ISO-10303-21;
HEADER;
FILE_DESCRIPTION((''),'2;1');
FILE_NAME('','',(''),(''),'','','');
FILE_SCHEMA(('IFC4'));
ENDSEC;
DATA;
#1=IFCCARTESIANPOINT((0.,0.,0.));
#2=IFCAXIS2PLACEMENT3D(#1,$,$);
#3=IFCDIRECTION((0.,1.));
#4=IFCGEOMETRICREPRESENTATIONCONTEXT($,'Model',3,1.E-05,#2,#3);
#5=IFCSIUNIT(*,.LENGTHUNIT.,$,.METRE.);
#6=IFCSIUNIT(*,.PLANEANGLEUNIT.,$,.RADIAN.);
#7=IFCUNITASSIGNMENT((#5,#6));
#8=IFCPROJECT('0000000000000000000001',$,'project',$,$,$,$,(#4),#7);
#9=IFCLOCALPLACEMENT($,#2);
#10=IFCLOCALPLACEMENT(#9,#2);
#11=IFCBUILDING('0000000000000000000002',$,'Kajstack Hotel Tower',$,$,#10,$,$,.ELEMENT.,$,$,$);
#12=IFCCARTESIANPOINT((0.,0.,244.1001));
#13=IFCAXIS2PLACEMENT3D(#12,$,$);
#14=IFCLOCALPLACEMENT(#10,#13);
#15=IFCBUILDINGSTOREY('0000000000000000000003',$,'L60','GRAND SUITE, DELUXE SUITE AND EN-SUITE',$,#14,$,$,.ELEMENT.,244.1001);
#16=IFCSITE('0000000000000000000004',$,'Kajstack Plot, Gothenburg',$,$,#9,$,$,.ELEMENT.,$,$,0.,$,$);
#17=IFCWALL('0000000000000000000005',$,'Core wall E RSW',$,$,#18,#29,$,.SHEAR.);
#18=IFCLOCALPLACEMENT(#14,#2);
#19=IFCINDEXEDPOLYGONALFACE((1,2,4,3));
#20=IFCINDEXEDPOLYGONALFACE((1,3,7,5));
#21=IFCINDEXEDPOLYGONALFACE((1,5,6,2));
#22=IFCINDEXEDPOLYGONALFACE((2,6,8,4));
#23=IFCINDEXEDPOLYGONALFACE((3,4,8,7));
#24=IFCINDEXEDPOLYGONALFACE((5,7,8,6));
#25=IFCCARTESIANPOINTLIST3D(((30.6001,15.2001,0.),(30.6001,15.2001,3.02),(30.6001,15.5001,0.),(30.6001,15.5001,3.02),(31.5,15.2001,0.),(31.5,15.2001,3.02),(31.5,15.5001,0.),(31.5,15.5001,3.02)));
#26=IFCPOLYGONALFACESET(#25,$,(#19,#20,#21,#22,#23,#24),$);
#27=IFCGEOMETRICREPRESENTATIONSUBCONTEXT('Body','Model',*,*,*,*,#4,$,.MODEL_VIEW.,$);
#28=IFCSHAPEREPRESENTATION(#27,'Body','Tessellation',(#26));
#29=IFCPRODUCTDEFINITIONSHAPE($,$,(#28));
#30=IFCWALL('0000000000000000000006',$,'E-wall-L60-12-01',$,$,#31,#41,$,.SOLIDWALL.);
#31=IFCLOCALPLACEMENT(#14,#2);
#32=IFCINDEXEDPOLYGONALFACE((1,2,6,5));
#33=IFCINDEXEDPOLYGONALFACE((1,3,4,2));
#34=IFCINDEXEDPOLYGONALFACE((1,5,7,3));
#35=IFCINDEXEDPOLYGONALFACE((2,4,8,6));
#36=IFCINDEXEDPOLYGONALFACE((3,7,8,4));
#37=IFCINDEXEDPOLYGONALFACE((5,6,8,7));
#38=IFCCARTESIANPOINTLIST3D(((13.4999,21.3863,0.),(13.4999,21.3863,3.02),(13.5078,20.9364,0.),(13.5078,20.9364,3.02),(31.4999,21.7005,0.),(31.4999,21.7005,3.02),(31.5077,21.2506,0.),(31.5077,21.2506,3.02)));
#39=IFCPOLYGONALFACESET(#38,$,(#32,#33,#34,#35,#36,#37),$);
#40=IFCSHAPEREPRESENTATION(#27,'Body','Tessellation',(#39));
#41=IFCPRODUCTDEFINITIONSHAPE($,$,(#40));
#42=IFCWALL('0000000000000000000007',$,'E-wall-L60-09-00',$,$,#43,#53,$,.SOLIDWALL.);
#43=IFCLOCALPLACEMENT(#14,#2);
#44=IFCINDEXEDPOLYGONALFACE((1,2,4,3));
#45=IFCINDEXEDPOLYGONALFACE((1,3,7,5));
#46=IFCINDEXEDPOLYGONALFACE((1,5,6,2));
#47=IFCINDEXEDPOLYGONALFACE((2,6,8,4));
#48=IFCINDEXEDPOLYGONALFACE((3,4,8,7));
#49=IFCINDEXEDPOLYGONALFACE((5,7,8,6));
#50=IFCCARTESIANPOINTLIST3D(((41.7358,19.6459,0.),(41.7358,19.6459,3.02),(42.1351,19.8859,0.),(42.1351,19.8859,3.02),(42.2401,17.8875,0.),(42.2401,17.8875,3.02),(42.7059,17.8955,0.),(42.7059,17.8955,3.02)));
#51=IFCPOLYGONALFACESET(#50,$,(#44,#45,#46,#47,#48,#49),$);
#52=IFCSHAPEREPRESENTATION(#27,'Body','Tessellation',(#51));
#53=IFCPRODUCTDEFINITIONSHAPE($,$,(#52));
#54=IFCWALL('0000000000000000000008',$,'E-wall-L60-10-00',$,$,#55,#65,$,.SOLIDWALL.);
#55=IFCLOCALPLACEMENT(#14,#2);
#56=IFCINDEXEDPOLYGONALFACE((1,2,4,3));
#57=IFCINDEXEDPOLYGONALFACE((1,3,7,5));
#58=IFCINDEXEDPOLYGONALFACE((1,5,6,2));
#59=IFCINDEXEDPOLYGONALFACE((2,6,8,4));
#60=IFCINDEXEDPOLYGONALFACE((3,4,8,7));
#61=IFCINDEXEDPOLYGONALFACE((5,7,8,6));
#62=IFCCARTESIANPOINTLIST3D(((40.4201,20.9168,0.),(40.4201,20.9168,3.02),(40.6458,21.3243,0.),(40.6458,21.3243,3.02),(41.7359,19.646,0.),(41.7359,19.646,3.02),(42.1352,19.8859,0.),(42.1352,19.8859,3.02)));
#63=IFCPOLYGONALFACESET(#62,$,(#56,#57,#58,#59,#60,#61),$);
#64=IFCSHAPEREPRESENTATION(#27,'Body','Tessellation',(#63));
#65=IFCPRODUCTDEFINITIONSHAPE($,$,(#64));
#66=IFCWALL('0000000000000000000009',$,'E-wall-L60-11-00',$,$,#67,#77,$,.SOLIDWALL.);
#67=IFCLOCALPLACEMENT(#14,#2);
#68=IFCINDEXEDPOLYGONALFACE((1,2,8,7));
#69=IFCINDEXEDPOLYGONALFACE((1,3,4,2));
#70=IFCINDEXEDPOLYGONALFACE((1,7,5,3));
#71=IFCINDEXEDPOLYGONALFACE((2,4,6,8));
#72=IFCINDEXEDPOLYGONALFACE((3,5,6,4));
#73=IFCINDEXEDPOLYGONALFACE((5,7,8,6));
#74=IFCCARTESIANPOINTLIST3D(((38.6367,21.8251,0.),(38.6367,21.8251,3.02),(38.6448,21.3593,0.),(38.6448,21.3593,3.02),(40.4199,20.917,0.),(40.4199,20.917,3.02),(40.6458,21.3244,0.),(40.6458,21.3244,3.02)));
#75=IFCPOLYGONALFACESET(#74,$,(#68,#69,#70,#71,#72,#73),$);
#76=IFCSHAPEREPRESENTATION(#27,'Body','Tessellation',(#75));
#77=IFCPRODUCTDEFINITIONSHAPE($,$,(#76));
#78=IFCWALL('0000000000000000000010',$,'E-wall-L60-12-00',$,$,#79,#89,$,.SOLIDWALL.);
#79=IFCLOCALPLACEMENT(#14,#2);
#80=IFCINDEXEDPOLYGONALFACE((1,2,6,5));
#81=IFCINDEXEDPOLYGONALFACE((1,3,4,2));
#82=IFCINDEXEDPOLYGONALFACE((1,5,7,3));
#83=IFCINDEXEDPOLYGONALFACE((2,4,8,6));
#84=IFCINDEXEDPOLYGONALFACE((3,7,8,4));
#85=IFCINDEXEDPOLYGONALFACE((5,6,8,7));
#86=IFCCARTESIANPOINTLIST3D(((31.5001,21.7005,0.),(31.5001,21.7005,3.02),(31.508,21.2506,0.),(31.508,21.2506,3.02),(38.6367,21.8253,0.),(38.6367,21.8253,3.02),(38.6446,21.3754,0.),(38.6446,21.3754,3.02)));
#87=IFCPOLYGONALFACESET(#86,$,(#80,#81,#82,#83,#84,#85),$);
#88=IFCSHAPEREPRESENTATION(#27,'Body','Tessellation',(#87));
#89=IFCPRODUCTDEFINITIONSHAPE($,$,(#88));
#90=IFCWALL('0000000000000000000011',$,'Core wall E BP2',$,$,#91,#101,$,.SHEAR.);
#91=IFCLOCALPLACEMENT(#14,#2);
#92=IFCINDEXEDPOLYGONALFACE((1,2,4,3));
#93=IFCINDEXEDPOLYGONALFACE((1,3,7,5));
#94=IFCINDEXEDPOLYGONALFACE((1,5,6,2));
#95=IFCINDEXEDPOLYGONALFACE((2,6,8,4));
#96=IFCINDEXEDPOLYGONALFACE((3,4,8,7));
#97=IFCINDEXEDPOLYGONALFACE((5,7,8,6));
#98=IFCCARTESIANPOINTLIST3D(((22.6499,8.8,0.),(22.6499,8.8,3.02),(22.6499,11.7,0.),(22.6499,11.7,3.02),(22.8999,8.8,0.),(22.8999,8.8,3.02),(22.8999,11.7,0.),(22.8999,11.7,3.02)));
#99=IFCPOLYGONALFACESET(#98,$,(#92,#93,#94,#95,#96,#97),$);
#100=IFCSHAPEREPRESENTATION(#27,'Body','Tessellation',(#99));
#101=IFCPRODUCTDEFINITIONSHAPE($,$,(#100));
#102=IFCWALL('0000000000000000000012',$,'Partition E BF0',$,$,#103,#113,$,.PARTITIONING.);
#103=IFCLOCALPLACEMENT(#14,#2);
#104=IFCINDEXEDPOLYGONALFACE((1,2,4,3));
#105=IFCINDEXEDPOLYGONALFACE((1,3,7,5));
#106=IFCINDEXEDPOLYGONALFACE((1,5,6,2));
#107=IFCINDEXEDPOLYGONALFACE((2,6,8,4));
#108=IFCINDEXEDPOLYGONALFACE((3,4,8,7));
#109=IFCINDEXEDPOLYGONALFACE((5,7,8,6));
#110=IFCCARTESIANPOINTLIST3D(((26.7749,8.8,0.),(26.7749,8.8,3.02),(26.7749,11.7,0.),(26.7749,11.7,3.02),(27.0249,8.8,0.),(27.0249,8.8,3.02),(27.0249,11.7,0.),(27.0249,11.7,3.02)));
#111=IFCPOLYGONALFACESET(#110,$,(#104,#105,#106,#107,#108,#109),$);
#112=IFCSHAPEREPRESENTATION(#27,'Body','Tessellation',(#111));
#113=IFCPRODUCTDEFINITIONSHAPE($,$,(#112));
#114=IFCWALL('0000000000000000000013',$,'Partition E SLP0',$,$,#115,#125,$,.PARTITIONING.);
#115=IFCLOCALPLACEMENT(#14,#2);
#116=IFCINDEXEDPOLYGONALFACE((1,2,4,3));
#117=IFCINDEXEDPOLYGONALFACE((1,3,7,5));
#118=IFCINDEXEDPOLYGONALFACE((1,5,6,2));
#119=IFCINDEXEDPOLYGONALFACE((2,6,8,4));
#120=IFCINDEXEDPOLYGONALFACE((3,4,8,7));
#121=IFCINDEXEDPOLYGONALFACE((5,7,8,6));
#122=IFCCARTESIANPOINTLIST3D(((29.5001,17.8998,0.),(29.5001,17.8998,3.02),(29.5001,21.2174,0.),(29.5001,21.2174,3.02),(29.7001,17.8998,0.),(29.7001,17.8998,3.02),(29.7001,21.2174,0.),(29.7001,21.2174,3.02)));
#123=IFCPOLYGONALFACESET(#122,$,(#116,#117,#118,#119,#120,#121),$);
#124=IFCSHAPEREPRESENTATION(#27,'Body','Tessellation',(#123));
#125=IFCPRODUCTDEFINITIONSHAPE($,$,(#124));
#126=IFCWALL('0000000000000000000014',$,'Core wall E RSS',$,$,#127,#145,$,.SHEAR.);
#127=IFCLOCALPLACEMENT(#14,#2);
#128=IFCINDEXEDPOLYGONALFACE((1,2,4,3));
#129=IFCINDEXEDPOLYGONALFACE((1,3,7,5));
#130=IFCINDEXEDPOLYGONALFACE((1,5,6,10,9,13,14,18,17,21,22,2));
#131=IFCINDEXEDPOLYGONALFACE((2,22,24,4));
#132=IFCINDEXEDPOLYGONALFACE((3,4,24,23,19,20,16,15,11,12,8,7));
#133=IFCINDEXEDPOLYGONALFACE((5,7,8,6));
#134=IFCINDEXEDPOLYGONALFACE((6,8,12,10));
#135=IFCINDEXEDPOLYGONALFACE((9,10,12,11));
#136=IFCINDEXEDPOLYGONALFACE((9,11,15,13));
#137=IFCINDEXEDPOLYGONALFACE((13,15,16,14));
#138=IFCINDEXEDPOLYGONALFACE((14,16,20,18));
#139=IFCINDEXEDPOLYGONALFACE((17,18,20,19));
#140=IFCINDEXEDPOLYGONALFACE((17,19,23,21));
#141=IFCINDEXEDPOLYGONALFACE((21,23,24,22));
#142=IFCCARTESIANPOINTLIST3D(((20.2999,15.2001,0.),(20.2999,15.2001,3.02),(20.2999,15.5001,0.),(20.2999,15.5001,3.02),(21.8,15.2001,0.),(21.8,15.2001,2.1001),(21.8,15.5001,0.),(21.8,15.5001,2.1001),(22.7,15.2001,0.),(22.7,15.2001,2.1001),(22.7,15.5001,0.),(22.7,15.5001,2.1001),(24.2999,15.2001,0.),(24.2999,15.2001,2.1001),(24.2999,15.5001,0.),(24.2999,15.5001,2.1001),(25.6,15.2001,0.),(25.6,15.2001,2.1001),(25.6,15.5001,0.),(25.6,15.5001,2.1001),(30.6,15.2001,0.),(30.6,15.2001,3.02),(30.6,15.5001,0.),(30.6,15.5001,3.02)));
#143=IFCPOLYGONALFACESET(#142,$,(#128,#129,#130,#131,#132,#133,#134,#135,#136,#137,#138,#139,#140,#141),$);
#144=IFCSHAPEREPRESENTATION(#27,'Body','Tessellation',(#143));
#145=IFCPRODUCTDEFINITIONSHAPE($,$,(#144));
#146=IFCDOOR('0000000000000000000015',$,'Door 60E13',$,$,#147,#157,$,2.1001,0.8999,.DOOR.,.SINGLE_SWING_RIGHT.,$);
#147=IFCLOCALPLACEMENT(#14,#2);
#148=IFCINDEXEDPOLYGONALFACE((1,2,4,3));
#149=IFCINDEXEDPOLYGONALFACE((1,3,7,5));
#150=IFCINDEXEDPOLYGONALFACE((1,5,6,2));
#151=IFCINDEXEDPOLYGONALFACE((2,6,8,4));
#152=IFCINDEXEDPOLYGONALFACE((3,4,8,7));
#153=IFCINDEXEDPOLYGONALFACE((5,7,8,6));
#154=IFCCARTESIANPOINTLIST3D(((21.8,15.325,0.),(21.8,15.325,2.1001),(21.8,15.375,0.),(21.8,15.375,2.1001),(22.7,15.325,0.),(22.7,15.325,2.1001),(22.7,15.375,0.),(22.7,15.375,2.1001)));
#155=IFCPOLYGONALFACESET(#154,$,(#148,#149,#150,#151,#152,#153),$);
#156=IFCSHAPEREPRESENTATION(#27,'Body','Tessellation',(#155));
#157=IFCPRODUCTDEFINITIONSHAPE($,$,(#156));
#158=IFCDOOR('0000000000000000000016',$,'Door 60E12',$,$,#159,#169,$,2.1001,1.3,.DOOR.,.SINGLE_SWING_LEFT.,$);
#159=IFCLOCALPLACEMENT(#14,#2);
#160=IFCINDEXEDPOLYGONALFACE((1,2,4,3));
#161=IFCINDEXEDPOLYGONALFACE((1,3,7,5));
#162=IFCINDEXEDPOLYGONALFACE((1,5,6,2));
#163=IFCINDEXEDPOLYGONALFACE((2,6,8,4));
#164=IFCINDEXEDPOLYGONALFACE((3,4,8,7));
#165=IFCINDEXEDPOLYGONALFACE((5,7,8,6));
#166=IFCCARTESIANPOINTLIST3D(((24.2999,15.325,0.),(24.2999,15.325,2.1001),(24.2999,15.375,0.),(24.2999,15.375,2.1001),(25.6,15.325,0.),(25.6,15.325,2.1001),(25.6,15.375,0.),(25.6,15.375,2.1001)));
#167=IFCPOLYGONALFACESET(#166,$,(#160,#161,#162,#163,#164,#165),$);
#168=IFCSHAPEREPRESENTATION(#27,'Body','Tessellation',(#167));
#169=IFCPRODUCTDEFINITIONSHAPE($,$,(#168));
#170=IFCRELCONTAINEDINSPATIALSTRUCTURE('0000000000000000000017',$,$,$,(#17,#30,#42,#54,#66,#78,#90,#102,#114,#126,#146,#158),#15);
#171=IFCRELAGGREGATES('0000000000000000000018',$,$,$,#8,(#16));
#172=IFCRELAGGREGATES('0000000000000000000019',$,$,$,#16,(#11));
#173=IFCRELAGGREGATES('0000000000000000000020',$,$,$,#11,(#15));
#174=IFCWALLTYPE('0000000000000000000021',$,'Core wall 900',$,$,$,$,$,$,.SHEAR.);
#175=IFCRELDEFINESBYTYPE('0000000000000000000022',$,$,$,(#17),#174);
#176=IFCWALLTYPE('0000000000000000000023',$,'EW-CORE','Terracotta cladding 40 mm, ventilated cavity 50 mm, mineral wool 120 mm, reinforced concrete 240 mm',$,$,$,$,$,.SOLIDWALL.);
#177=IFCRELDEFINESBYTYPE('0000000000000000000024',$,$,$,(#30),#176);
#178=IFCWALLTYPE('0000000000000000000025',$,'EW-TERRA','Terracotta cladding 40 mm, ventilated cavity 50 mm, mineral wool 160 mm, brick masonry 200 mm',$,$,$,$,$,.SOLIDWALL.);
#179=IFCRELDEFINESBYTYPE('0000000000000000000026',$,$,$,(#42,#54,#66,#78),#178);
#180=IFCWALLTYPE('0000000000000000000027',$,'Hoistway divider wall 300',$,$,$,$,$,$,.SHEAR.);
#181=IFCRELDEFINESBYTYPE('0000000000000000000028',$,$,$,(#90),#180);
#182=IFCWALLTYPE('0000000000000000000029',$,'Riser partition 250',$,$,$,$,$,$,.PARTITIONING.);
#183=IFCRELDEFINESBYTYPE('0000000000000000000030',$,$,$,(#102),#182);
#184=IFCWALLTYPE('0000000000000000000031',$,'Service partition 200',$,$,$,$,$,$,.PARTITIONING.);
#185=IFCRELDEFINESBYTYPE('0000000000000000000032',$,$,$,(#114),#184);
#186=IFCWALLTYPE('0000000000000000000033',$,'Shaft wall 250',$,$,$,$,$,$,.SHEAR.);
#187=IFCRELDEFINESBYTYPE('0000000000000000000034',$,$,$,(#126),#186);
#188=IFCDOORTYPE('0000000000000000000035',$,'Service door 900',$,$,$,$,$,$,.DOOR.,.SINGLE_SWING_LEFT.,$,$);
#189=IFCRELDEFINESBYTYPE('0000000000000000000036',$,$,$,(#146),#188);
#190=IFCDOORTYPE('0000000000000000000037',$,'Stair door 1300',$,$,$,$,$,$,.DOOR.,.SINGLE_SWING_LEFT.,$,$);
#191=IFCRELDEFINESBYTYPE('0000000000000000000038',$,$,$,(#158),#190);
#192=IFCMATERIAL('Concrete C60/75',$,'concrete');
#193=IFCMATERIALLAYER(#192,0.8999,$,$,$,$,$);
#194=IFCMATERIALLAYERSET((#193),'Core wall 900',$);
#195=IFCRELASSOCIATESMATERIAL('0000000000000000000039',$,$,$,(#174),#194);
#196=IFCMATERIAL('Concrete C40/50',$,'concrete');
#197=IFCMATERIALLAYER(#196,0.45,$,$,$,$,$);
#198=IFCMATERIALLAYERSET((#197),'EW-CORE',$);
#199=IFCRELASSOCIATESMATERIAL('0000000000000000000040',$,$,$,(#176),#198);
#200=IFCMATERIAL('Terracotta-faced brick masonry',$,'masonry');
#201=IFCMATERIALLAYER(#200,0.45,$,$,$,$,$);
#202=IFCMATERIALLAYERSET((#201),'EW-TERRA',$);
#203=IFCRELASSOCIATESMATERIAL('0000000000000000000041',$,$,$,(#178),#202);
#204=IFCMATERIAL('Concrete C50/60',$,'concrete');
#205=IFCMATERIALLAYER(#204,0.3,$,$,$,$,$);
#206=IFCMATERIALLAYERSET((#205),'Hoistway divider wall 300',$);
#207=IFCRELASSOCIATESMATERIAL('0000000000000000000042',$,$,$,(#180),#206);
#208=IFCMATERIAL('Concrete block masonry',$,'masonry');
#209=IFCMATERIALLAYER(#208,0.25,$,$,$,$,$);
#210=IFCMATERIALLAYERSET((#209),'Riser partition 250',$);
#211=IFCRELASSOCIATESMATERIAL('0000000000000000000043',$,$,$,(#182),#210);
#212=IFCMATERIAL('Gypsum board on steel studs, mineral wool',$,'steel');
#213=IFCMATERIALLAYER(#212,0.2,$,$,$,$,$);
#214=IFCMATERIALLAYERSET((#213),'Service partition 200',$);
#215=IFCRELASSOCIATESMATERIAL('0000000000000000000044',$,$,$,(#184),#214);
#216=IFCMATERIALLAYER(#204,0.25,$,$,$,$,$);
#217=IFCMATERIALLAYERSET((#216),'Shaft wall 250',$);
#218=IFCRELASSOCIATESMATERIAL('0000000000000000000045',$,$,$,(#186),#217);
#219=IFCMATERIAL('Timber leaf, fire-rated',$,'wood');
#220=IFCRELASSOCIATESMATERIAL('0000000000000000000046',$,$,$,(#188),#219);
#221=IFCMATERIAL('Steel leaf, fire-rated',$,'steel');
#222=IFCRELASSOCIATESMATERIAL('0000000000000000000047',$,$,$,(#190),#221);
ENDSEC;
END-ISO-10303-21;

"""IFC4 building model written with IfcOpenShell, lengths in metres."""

from ifc_helpers import new_model, si_unit, direction, frame, frame_2d, origin, place, context, subcontext, project, spatial, polyline, rectangle, outline, extrude, material, layer, layer_set, type_object, element, fill, save


model = new_model("IFC4")

# Units and contexts
model_context = context("Model", 3, precision=1e-05, world=origin(), true_north=direction((0.0, 1.0)))
body_context = subcontext(model_context, "Body", "Model", "MODEL_VIEW")
ifc_project = project(units=[si_unit("LENGTHUNIT", "METRE"), si_unit("PLANEANGLEUNIT", "RADIAN")], contexts=[model_context])

# Site, building, storey
site_placement = place(None, origin())
site = spatial("IfcSite", under=ifc_project, at=site_placement, Name="Kajstack Plot, Gothenburg", CompositionType="ELEMENT", RefElevation=0.0)
building_placement = place(site_placement, origin())
building = spatial("IfcBuilding", under=site, at=building_placement, Name="Kajstack Hotel Tower", CompositionType="ELEMENT")
storey_placement = place(building_placement, frame((0.0, 0.0, 244.1001)))
storey = spatial("IfcBuildingStorey", under=building, at=storey_placement, Name="L60", Description="GRAND SUITE, DELUXE SUITE AND EN-SUITE", CompositionType="ELEMENT", Elevation=244.1001)

# Walls
ifc_material_1 = material(Name="Concrete C60/75", Category="concrete")
ifc_layer_1 = layer(ifc_material_1, 0.8999)
ifc_layer_set_1 = layer_set([ifc_layer_1], Name="Core wall 900")
wall_type_1 = type_object("IfcWallType", Name="Core wall 900", PredefinedType="SHEAR", material=ifc_layer_set_1)
wall_1_placement = place(storey_placement, frame((30.6001, 15.3501, 0.0), z_axis=(0.0, 0.0, 1.0), x_axis=(1.0, 0.0, 0.0)))
element("IfcWall", 1, at=wall_1_placement, inside=storey, type_object=wall_type_1, Name="Core wall E RSW", PredefinedType="SHEAR", context=body_context, shape_type="SweptSolid", body=[
    extrude(rectangle(XDim=0.8999, YDim=0.3, at=frame_2d((0.45, 0.0))), origin(), (0.0, 0.0, 1.0), 3.02),
])
ifc_material_2 = material(Name="Concrete C40/50", Category="concrete")
ifc_layer_2 = layer(ifc_material_2, 0.45)
ifc_layer_set_2 = layer_set([ifc_layer_2], Name="EW-CORE")
wall_type_2 = type_object("IfcWallType", Name="EW-CORE", Description="Terracotta cladding 40 mm, ventilated cavity 50 mm, mineral wool 120 mm, reinforced concrete 240 mm", PredefinedType="SOLIDWALL", material=ifc_layer_set_2)
wall_2_placement = place(storey_placement, frame((31.5039, 21.4756, 0.0), z_axis=(0.0, 0.0, 1.0), x_axis=(-0.999848, -0.017453, 0.0)))
element("IfcWall", 2, at=wall_2_placement, inside=storey, type_object=wall_type_2, Name="E-wall-L60-12-01", PredefinedType="SOLIDWALL", context=body_context, shape_type="SweptSolid", body=[
    extrude(rectangle(XDim=18.0027, YDim=0.45, at=frame_2d((9.0015, 0.0))), origin(), (0.0, 0.0, 1.0), 3.02),
])
ifc_material_3 = material(Name="Terracotta-faced brick masonry", Category="masonry")
ifc_layer_3 = layer(ifc_material_3, 0.45)
ifc_layer_set_3 = layer_set([ifc_layer_3], Name="EW-TERRA")
wall_type_3 = type_object("IfcWallType", Name="EW-TERRA", Description="Terracotta cladding 40 mm, ventilated cavity 50 mm, mineral wool 160 mm, brick masonry 200 mm", PredefinedType="SOLIDWALL", material=ifc_layer_set_3)
wall_3_placement = place(storey_placement, frame((42.4895, 17.8335, 0.0), z_axis=(0.0, 0.0, 1.0), x_axis=(-0.275546, 0.961288, 0.0)))
element("IfcWall", 3, at=wall_3_placement, inside=storey, type_object=wall_type_3, Name="E-wall-L60-09-00", PredefinedType="SOLIDWALL", context=body_context, shape_type="SweptSolid", body=[
    extrude(outline(polyline([(0.0, -0.2251), (2.0706, -0.2249), (1.95, 0.2251), (0.1206, 0.2249), (0.0, -0.2251)])), origin(), (0.0, 0.0, 1.0), 3.02),
])
wall_4_placement = place(storey_placement, frame((41.979, 19.7241, 0.0), z_axis=(0.0, 0.0, 1.0), x_axis=(-0.719379, 0.694618, 0.0)))
element("IfcWall", 4, at=wall_4_placement, inside=storey, type_object=wall_type_3, Name="E-wall-L60-10-00", PredefinedType="SOLIDWALL", context=body_context, shape_type="SweptSolid", body=[
    extrude(outline(polyline([(0.0, -0.2249), (2.0706, -0.2251), (1.95, 0.2249), (0.1206, 0.2251), (0.0, -0.2249)])), origin(), (0.0, 0.0, 1.0), 3.02),
])
wall_5_placement = place(storey_placement, frame((40.5913, 21.106, 0.0), z_axis=(0.0, 0.0, 1.0), x_axis=(-0.970288, 0.241953, 0.0)))
element("IfcWall", 5, at=wall_5_placement, inside=storey, type_object=wall_type_3, Name="E-wall-L60-11-00", PredefinedType="SOLIDWALL", context=body_context, shape_type="SweptSolid", body=[
    extrude(outline(polyline([(0.0, -0.2251), (2.0706, -0.2249), (1.95, 0.2251), (0.1206, 0.2249), (0.0, -0.2251)])), origin(), (0.0, 0.0, 1.0), 3.02),
])
wall_6_placement = place(storey_placement, frame((38.6406, 21.6003, 0.0), z_axis=(0.0, 0.0, 1.0), x_axis=(-0.999847, -0.017478, 0.0)))
element("IfcWall", 6, at=wall_6_placement, inside=storey, type_object=wall_type_3, Name="E-wall-L60-12-00", PredefinedType="SOLIDWALL", context=body_context, shape_type="SweptSolid", body=[
    extrude(rectangle(XDim=7.1377, YDim=0.45, at=frame_2d((3.5688, 0.0))), origin(), (0.0, 0.0, 1.0), 3.02),
])
ifc_material_4 = material(Name="Concrete C50/60", Category="concrete")
ifc_layer_4 = layer(ifc_material_4, 0.3)
ifc_layer_set_4 = layer_set([ifc_layer_4], Name="Hoistway divider wall 300")
wall_type_4 = type_object("IfcWallType", Name="Hoistway divider wall 300", PredefinedType="SHEAR", material=ifc_layer_set_4)
wall_7_placement = place(storey_placement, frame((22.7749, 8.8, 0.0), z_axis=(0.0, 0.0, 1.0), x_axis=(0.0, 1.0, 0.0)))
element("IfcWall", 7, at=wall_7_placement, inside=storey, type_object=wall_type_4, Name="Core wall E BP2", PredefinedType="SHEAR", context=body_context, shape_type="SweptSolid", body=[
    extrude(rectangle(XDim=2.8999, YDim=0.25, at=frame_2d((1.45, 0.0))), origin(), (0.0, 0.0, 1.0), 3.02),
])
ifc_material_5 = material(Name="Concrete block masonry", Category="masonry")
ifc_layer_5 = layer(ifc_material_5, 0.25)
ifc_layer_set_5 = layer_set([ifc_layer_5], Name="Riser partition 250")
wall_type_5 = type_object("IfcWallType", Name="Riser partition 250", PredefinedType="PARTITIONING", material=ifc_layer_set_5)
wall_8_placement = place(storey_placement, frame((26.8999, 8.8, 0.0), z_axis=(0.0, 0.0, 1.0), x_axis=(0.0, 1.0, 0.0)))
element("IfcWall", 8, at=wall_8_placement, inside=storey, type_object=wall_type_5, Name="Partition E BF0", PredefinedType="PARTITIONING", context=body_context, shape_type="SweptSolid", body=[
    extrude(rectangle(XDim=2.8999, YDim=0.25, at=frame_2d((1.45, 0.0))), origin(), (0.0, 0.0, 1.0), 3.02),
])
ifc_material_6 = material(Name="Gypsum board on steel studs, mineral wool", Category="steel")
ifc_layer_6 = layer(ifc_material_6, 0.2)
ifc_layer_set_6 = layer_set([ifc_layer_6], Name="Service partition 200")
wall_type_6 = type_object("IfcWallType", Name="Service partition 200", PredefinedType="PARTITIONING", material=ifc_layer_set_6)
wall_9_placement = place(storey_placement, frame((29.6001, 17.8999, 0.0), z_axis=(0.0, 0.0, 1.0), x_axis=(0.0, 1.0, 0.0)))
element("IfcWall", 9, at=wall_9_placement, inside=storey, type_object=wall_type_6, Name="Partition E SLP0", PredefinedType="PARTITIONING", context=body_context, shape_type="SweptSolid", body=[
    extrude(rectangle(XDim=3.3176, YDim=0.2, at=frame_2d((1.6587, 0.0))), origin(), (0.0, 0.0, 1.0), 3.02),
])

# Wall, openings, doors
ifc_layer_7 = layer(ifc_material_4, 0.25)
ifc_layer_set_7 = layer_set([ifc_layer_7], Name="Shaft wall 250")
wall_type_7 = type_object("IfcWallType", Name="Shaft wall 250", PredefinedType="SHEAR", material=ifc_layer_set_7)
wall_10_placement = place(storey_placement, frame((20.3, 15.3501, 0.0), z_axis=(0.0, 0.0, 1.0), x_axis=(1.0, 0.0, 0.0)))
wall_10 = element("IfcWall", 10, at=wall_10_placement, inside=storey, type_object=wall_type_7, Name="Core wall E RSS", PredefinedType="SHEAR", context=body_context, shape_type="SweptSolid", body=[
    extrude(rectangle(XDim=10.3, YDim=0.3, at=frame_2d((5.1499, 0.0))), origin(), (0.0, 0.0, 1.0), 3.02),
])
opening_1_placement = place(wall_10_placement, frame((4.0, 0.0, 0.0)))
opening_1 = element("IfcOpeningElement", 11, at=opening_1_placement, cuts=wall_10, PredefinedType="OPENING", context=body_context, shape_type="SweptSolid", body=[
    extrude(rectangle(XDim=1.3, YDim=2.1001, at=frame_2d((0.6499, 1.05))), frame((0.0, 0.1599, 0.0), z_axis=(0.0, -1.0, 0.0), x_axis=(1.0, 0.0, 0.0)), (0.0, 0.0, 1.0), 0.3201),
])
opening_2_placement = place(wall_10_placement, frame((1.5, 0.0, 0.0)))
opening_2 = element("IfcOpeningElement", 12, at=opening_2_placement, cuts=wall_10, PredefinedType="OPENING", context=body_context, shape_type="SweptSolid", body=[
    extrude(rectangle(XDim=0.8999, YDim=2.1001, at=frame_2d((0.45, 1.05))), frame((0.0, 0.1599, 0.0), z_axis=(0.0, -1.0, 0.0), x_axis=(1.0, 0.0, 0.0)), (0.0, 0.0, 1.0), 0.3201),
])
ifc_material_7 = material(Name="Timber leaf, fire-rated", Category="wood")
door_type_1 = type_object("IfcDoorType", Name="Service door 900", OperationType="SINGLE_SWING_LEFT", PredefinedType="DOOR", material=ifc_material_7)
door_1_placement = place(opening_2_placement, origin())
door_1 = element("IfcDoor", 13, at=door_1_placement, inside=storey, type_object=door_type_1, Name="Door 60E13", OperationType="SINGLE_SWING_RIGHT", OverallHeight=2.1001, OverallWidth=0.8999, PredefinedType="DOOR", context=body_context, shape_type="SweptSolid", body=[
    extrude(rectangle(XDim=0.8999, YDim=2.1001, at=frame_2d((0.45, 1.05))), frame((0.0, 0.0249, 0.0), z_axis=(0.0, -1.0, 0.0), x_axis=(1.0, 0.0, 0.0)), (0.0, 0.0, 1.0), 0.05),
])
fill(opening_2, door_1)
ifc_material_8 = material(Name="Steel leaf, fire-rated", Category="steel")
door_type_2 = type_object("IfcDoorType", Name="Stair door 1300", OperationType="SINGLE_SWING_LEFT", PredefinedType="DOOR", material=ifc_material_8)
door_2_placement = place(opening_1_placement, origin())
door_2 = element("IfcDoor", 14, at=door_2_placement, inside=storey, type_object=door_type_2, Name="Door 60E12", OperationType="SINGLE_SWING_LEFT", OverallHeight=2.1001, OverallWidth=1.3, PredefinedType="DOOR", context=body_context, shape_type="SweptSolid", body=[
    extrude(rectangle(XDim=1.3, YDim=2.1001, at=frame_2d((0.6499, 1.05))), frame((0.0, 0.0249, 0.0), z_axis=(0.0, -1.0, 0.0), x_axis=(1.0, 0.0, 0.0)), (0.0, 0.0, 1.0), 0.05),
])
fill(opening_1, door_2)

save(model, "model.ifc")
